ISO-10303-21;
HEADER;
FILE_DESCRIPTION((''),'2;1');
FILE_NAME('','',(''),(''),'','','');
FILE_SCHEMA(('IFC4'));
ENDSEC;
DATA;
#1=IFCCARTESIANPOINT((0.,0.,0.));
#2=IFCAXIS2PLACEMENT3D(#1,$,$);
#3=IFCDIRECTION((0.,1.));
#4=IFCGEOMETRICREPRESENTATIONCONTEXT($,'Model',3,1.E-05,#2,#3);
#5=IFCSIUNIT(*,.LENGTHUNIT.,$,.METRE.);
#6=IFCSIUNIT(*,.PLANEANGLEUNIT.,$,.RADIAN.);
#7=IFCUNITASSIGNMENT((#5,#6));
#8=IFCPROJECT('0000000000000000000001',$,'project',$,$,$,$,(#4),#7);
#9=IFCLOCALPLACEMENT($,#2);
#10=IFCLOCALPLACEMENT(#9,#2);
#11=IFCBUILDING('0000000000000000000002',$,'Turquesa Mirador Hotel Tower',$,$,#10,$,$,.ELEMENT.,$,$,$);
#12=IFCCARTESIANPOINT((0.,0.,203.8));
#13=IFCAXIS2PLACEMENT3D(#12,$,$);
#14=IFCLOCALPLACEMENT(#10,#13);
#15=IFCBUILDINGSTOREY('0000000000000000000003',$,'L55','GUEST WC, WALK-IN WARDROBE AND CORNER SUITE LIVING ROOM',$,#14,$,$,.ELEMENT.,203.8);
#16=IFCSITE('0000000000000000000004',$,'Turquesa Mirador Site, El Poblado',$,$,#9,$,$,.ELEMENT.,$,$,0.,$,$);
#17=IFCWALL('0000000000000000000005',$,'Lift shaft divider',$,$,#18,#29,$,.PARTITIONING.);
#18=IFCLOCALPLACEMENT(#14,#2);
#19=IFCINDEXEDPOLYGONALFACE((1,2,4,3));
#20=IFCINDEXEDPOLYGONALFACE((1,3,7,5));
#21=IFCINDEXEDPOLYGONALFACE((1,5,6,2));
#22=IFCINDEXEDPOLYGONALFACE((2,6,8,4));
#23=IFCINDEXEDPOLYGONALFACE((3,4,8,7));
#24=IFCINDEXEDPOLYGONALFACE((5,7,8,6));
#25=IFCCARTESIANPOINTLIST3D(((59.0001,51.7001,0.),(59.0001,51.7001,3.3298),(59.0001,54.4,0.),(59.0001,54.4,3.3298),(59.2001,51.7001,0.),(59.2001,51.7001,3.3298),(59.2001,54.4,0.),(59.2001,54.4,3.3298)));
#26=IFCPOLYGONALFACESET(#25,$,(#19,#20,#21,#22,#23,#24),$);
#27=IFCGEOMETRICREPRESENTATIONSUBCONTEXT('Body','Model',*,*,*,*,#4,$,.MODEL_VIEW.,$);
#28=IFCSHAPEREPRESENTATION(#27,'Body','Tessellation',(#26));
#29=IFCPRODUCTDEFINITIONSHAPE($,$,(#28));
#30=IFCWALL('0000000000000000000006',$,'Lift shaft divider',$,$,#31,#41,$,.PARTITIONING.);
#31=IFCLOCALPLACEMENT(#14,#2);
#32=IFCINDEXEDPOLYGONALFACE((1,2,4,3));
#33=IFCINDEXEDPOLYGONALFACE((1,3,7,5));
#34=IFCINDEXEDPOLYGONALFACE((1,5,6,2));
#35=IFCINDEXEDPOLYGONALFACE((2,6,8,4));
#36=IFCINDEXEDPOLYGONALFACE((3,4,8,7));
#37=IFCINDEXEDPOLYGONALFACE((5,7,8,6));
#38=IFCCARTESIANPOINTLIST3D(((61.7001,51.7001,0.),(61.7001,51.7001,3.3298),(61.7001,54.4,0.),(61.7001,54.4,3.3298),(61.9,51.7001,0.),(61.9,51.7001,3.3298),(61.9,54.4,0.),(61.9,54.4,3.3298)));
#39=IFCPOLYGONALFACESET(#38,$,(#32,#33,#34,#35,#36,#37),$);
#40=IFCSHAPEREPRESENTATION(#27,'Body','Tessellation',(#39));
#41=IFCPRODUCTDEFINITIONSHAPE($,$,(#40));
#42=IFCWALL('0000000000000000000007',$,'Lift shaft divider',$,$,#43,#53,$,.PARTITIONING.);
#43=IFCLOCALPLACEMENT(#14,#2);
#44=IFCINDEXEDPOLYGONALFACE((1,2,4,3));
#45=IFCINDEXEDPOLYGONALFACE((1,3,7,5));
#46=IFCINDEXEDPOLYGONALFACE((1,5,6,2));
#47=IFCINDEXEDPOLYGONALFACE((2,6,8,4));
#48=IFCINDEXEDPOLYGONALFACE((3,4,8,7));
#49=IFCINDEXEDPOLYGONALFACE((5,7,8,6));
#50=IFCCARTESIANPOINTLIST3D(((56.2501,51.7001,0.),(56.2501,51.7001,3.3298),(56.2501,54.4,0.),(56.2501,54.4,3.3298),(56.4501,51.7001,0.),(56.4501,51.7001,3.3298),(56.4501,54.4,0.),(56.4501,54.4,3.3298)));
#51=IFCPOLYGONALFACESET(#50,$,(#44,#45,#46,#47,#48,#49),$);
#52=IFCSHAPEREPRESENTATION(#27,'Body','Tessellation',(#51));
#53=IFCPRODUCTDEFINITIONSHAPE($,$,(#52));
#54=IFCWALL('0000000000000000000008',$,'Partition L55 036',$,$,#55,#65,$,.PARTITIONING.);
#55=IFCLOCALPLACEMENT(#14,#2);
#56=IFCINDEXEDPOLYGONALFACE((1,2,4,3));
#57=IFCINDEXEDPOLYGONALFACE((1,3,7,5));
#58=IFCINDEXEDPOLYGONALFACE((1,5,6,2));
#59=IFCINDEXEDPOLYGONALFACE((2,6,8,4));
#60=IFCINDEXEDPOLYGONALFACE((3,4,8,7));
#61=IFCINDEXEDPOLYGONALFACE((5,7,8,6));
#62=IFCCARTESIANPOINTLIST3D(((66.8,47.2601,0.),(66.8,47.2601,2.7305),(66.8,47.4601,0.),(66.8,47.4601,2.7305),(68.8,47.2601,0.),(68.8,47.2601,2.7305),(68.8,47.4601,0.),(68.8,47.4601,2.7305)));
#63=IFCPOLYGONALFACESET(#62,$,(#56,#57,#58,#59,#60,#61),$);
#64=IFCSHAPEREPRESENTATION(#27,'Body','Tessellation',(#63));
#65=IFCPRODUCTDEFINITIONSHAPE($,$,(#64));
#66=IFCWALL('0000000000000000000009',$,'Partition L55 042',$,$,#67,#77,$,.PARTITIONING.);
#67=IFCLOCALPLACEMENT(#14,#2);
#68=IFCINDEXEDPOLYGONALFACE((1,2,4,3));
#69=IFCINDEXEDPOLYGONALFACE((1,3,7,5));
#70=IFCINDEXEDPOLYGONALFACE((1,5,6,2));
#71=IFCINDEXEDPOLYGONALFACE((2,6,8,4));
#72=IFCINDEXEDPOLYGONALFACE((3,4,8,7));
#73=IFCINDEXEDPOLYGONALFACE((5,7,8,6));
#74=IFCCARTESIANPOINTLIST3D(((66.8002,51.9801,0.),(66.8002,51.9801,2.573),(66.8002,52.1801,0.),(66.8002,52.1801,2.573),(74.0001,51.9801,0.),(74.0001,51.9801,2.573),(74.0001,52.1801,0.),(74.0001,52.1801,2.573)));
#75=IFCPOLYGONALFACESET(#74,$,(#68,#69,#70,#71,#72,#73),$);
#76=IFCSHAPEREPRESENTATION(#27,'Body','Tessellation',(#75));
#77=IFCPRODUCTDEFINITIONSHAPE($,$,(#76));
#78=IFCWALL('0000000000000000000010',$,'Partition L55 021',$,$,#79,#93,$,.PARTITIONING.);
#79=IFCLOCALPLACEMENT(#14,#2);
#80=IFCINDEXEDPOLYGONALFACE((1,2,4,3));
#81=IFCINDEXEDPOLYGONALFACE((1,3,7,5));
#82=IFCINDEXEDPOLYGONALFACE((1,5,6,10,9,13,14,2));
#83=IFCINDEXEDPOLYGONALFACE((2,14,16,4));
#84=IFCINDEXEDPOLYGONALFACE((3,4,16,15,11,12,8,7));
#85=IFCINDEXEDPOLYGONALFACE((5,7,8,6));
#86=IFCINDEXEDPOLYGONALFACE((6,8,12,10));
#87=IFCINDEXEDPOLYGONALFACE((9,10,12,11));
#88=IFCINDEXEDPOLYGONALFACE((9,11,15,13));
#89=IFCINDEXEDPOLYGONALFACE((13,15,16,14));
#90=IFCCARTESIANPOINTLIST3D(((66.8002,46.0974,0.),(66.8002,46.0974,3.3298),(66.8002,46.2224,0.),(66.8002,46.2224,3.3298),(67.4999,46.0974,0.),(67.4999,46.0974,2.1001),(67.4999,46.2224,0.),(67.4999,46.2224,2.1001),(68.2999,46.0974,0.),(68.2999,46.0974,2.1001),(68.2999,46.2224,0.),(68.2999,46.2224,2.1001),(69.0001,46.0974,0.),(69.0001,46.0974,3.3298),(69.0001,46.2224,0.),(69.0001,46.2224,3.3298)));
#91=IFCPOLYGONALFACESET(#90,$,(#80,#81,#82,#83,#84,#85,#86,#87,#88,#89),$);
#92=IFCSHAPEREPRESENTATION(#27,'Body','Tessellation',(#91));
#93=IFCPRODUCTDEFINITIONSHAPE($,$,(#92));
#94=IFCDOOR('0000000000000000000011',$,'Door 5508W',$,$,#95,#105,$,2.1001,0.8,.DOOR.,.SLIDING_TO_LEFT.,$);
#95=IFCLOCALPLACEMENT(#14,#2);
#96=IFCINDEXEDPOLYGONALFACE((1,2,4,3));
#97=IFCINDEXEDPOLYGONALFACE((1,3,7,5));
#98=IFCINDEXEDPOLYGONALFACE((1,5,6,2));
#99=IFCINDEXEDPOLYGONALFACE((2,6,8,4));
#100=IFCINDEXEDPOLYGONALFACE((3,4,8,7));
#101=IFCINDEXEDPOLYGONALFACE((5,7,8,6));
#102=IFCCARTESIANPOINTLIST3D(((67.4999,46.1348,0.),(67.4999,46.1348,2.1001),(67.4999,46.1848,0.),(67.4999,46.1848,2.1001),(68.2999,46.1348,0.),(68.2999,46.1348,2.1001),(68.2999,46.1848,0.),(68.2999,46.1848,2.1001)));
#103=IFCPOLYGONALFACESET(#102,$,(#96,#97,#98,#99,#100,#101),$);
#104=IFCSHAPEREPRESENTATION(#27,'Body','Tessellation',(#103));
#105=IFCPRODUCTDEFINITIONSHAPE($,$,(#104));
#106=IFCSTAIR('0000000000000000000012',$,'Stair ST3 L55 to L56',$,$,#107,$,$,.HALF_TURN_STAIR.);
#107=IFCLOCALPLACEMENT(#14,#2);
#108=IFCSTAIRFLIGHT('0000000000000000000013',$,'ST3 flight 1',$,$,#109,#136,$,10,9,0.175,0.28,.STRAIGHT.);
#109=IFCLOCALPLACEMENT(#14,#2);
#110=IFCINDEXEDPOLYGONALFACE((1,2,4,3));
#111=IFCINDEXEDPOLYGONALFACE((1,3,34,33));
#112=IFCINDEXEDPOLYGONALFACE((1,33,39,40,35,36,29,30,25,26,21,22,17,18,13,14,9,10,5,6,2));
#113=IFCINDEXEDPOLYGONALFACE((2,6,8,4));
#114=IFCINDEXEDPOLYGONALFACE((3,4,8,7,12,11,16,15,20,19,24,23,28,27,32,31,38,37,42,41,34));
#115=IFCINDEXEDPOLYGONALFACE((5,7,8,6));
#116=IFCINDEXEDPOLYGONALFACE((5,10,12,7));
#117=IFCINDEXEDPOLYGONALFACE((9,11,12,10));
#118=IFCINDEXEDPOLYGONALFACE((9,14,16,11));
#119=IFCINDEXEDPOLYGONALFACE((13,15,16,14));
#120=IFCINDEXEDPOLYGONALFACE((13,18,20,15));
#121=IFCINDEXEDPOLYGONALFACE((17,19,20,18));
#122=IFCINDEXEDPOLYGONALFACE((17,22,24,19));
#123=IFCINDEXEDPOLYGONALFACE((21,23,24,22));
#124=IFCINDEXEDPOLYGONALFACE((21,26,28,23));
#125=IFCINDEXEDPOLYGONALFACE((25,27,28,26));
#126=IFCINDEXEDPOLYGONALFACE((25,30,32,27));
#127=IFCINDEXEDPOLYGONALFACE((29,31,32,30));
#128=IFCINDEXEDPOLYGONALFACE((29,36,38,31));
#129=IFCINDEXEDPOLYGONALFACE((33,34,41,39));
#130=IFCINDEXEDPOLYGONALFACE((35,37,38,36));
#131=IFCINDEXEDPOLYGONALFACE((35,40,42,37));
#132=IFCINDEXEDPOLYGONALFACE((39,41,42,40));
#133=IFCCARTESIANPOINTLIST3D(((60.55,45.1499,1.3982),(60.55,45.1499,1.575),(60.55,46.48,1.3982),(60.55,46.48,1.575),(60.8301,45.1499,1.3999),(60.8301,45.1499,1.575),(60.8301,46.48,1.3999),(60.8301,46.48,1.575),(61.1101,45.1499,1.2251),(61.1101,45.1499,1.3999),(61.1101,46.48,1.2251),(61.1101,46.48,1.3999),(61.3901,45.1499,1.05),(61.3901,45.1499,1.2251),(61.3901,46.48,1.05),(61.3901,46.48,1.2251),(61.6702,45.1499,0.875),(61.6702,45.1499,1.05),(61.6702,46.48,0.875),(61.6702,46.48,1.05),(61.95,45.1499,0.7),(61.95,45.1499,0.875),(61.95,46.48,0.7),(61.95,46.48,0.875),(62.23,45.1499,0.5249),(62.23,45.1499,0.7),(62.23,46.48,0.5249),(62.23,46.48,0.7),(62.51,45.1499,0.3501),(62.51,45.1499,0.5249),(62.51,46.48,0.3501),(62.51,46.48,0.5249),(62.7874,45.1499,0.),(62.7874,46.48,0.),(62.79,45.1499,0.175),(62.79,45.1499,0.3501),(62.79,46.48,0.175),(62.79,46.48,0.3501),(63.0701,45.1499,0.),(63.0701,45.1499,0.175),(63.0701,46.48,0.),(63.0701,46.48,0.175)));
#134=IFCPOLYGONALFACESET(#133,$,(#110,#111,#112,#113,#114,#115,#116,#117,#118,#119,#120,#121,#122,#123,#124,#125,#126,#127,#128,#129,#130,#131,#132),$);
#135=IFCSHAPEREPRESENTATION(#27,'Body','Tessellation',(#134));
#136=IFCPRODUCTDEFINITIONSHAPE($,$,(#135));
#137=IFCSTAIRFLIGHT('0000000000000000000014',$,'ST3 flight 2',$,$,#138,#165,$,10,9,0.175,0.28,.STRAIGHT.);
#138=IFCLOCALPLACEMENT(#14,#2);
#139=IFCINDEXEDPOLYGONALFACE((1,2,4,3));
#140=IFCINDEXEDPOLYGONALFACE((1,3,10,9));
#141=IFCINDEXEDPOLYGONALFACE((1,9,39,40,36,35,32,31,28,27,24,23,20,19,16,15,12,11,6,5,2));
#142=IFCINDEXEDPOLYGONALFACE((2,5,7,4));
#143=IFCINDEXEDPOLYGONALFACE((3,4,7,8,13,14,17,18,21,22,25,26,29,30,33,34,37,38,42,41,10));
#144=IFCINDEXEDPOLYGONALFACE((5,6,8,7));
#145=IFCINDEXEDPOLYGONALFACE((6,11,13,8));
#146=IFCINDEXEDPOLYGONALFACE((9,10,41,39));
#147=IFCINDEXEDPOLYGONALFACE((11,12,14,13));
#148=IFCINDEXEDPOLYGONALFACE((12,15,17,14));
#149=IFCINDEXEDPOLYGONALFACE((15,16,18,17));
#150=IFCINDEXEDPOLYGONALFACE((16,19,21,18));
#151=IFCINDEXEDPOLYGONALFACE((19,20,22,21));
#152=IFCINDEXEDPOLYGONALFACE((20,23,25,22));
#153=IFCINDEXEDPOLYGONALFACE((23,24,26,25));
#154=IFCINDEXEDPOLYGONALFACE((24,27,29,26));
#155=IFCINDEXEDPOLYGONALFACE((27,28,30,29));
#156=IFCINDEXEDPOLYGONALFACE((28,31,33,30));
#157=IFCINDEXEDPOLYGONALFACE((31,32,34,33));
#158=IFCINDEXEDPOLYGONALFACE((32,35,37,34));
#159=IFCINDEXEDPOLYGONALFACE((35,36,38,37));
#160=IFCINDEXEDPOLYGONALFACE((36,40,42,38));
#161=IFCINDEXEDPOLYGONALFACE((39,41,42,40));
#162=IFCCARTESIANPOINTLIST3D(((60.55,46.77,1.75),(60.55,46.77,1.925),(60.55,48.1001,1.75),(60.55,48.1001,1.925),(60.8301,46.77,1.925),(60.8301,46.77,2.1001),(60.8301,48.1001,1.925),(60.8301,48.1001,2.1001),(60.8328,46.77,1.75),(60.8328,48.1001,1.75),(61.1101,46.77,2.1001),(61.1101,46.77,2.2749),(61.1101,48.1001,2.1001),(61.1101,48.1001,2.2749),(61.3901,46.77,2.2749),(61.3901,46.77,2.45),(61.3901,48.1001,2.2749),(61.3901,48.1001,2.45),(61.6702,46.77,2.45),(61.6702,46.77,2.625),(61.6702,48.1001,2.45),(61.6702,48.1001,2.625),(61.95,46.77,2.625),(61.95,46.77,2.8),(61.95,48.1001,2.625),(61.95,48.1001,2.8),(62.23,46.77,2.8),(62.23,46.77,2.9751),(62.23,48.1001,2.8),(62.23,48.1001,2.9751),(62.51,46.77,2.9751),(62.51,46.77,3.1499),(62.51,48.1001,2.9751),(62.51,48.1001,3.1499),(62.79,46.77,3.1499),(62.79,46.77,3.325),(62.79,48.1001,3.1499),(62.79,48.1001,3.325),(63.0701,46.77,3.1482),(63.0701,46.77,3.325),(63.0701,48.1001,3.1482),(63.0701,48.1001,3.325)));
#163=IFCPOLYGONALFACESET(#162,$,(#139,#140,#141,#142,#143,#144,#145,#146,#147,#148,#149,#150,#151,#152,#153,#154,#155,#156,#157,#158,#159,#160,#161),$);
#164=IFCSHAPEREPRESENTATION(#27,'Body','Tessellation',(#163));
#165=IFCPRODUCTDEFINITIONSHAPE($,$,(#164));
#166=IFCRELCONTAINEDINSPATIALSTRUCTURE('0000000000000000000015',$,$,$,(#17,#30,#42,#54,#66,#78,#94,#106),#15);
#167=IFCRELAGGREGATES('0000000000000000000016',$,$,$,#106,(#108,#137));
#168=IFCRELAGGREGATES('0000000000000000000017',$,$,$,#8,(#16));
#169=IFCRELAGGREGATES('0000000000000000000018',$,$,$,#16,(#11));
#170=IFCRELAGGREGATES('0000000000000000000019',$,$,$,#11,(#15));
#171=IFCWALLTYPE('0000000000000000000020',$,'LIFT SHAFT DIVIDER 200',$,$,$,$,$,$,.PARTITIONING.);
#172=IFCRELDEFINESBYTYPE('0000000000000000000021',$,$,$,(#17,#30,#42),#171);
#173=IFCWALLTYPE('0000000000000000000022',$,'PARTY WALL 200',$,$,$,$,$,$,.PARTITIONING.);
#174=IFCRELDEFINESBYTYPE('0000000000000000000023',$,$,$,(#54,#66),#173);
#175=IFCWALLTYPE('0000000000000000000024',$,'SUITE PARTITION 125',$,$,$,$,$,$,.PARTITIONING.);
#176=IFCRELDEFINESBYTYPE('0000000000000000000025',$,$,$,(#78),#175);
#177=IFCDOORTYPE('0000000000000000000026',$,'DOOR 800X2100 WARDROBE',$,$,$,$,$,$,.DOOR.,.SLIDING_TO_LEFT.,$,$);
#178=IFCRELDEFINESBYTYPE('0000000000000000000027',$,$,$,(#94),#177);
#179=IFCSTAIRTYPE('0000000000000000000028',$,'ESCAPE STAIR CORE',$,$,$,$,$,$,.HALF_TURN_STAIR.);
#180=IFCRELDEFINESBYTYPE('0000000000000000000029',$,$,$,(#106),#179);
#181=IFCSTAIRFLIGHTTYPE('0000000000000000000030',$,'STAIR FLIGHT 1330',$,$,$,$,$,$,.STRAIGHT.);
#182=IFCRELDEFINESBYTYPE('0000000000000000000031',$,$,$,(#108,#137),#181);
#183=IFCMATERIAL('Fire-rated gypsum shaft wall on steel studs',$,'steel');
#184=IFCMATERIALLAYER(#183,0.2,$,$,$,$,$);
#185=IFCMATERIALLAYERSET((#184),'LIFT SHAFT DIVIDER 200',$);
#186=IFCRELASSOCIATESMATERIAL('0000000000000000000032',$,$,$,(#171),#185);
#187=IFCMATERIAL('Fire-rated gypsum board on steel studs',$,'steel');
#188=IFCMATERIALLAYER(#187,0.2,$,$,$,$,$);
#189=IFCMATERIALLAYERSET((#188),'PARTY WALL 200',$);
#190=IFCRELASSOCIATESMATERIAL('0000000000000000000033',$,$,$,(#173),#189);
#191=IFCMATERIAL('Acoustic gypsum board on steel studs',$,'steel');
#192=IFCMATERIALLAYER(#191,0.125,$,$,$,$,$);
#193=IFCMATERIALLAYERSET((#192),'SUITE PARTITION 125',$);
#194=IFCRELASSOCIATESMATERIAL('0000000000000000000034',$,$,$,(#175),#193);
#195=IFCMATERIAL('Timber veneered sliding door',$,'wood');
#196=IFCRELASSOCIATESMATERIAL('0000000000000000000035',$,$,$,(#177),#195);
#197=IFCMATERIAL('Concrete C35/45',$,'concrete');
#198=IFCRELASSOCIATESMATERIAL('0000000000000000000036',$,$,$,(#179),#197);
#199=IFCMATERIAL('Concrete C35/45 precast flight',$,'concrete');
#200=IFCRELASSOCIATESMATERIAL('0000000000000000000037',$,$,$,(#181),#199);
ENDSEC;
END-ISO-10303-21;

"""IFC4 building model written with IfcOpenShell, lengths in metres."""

from ifc_helpers import new_model, si_unit, direction, frame, frame_2d, origin, place, context, subcontext, project, spatial, polyline, rectangle, outline, extrude, material, layer, layer_set, type_object, element, fill, aggregate, save


model = new_model("IFC4")

# Units and contexts
model_context = context("Model", 3, precision=1e-05, world=origin(), true_north=direction((0.0, 1.0)))
body_context = subcontext(model_context, "Body", "Model", "MODEL_VIEW")
ifc_project = project(units=[si_unit("LENGTHUNIT", "METRE"), si_unit("PLANEANGLEUNIT", "RADIAN")], contexts=[model_context])

# Site, building, storey
site_placement = place(None, origin())
site = spatial("IfcSite", under=ifc_project, at=site_placement, Name="Turquesa Mirador Site, El Poblado", CompositionType="ELEMENT", RefElevation=0.0)
building_placement = place(site_placement, origin())
building = spatial("IfcBuilding", under=site, at=building_placement, Name="Turquesa Mirador Hotel Tower", CompositionType="ELEMENT")
storey_placement = place(building_placement, frame((0.0, 0.0, 203.8)))
storey = spatial("IfcBuildingStorey", under=building, at=storey_placement, Name="L55", Description="GUEST WC, WALK-IN WARDROBE AND CORNER SUITE LIVING ROOM", CompositionType="ELEMENT", Elevation=203.8)

# Walls
ifc_material_1 = material(Name="Fire-rated gypsum shaft wall on steel studs", Category="steel")
ifc_layer_1 = layer(ifc_material_1, 0.2)
ifc_layer_set_1 = layer_set([ifc_layer_1], Name="LIFT SHAFT DIVIDER 200")
wall_type_1 = type_object("IfcWallType", Name="LIFT SHAFT DIVIDER 200", PredefinedType="PARTITIONING", material=ifc_layer_set_1)
for number, where, z_axis, x_axis, name in (
    (1, (59.1001, 51.7, 0.0), (0.0, 0.0, 1.0), (0.0, 1.0, 0.0), "Lift shaft divider"),
    (2, (61.8, 51.7, 0.0), (0.0, 0.0, 1.0), (0.0, 1.0, 0.0), "Lift shaft divider"),
    (3, (56.3501, 51.7, 0.0), (0.0, 0.0, 1.0), (0.0, 1.0, 0.0), "Lift shaft divider"),
):
    element("IfcWall", number, at=place(storey_placement, frame(where, z_axis=z_axis, x_axis=x_axis)), inside=storey, type_object=wall_type_1, Name=name, PredefinedType="PARTITIONING", context=body_context, shape_type="SweptSolid", body=[
        extrude(rectangle(XDim=2.7, YDim=0.2, at=frame_2d((1.3501, 0.0))), origin(), (0.0, 0.0, 1.0), 3.3298),
    ])
ifc_material_2 = material(Name="Fire-rated gypsum board on steel studs", Category="steel")
ifc_layer_2 = layer(ifc_material_2, 0.2)
ifc_layer_set_2 = layer_set([ifc_layer_2], Name="PARTY WALL 200")
wall_type_2 = type_object("IfcWallType", Name="PARTY WALL 200", PredefinedType="PARTITIONING", material=ifc_layer_set_2)
wall_1_placement = place(storey_placement, frame((66.8, 47.3601, 0.0), z_axis=(0.0, 0.0, 1.0), x_axis=(1.0, 0.0, 0.0)))
element("IfcWall", 4, at=wall_1_placement, inside=storey, type_object=wall_type_2, Name="Partition L55 036", PredefinedType="PARTITIONING", context=body_context, shape_type="SweptSolid", body=[
    extrude(rectangle(XDim=2.0, YDim=0.2, at=frame_2d((1.0, 0.0))), origin(), (0.0, 0.0, 1.0), 2.7305),
])
wall_2_placement = place(storey_placement, frame((66.8, 52.0801, 0.0), z_axis=(0.0, 0.0, 1.0), x_axis=(1.0, 0.0, 0.0)))
element("IfcWall", 5, at=wall_2_placement, inside=storey, type_object=wall_type_2, Name="Partition L55 042", PredefinedType="PARTITIONING", context=body_context, shape_type="SweptSolid", body=[
    extrude(rectangle(XDim=7.2, YDim=0.2, at=frame_2d((3.6001, 0.0))), origin(), (0.0, 0.0, 1.0), 2.573),
])

# Wall, opening, door
ifc_material_3 = material(Name="Acoustic gypsum board on steel studs", Category="steel")
ifc_layer_3 = layer(ifc_material_3, 0.125)
ifc_layer_set_3 = layer_set([ifc_layer_3], Name="SUITE PARTITION 125")
wall_type_3 = type_object("IfcWallType", Name="SUITE PARTITION 125", PredefinedType="PARTITIONING", material=ifc_layer_set_3)
wall_3_placement = place(storey_placement, frame((66.8, 46.1599, 0.0), z_axis=(0.0, 0.0, 1.0), x_axis=(1.0, 0.0, 0.0)))
wall_3 = element("IfcWall", 6, at=wall_3_placement, inside=storey, type_object=wall_type_3, Name="Partition L55 021", PredefinedType="PARTITIONING", context=body_context, shape_type="SweptSolid", body=[
    extrude(rectangle(XDim=2.2, YDim=0.125, at=frame_2d((1.1001, 0.0))), origin(), (0.0, 0.0, 1.0), 3.3298),
])
opening_1_placement = place(wall_3_placement, frame((0.7, 0.0, 0.0)))
opening_1 = element("IfcOpeningElement", 7, at=opening_1_placement, cuts=wall_3, PredefinedType="OPENING", context=body_context, shape_type="SweptSolid", body=[
    extrude(rectangle(XDim=0.8, YDim=2.1001, at=frame_2d((0.3999, 1.05))), frame((0.0, 0.0725, 0.0), z_axis=(0.0, -1.0, 0.0), x_axis=(1.0, 0.0, 0.0)), (0.0, 0.0, 1.0), 0.145),
])
ifc_material_4 = material(Name="Timber veneered sliding door", Category="wood")
door_type_1 = type_object("IfcDoorType", Name="DOOR 800X2100 WARDROBE", OperationType="SLIDING_TO_LEFT", PredefinedType="DOOR", material=ifc_material_4)
door_1_placement = place(opening_1_placement, origin())
door_1 = element("IfcDoor", 8, at=door_1_placement, inside=storey, type_object=door_type_1, Name="Door 5508W", OperationType="SLIDING_TO_LEFT", OverallHeight=2.1001, OverallWidth=0.8, PredefinedType="DOOR", context=body_context, shape_type="SweptSolid", body=[
    extrude(rectangle(XDim=0.8, YDim=2.1001, at=frame_2d((0.3999, 1.05))), frame((0.0, 0.0249, 0.0), z_axis=(0.0, -1.0, 0.0), x_axis=(1.0, 0.0, 0.0)), (0.0, 0.0, 1.0), 0.05),
])
fill(opening_1, door_1)

# Stair, stair flights
ifc_material_5 = material(Name="Concrete C35/45", Category="concrete")
stair_type = type_object("IfcStairType", Name="ESCAPE STAIR CORE", PredefinedType="HALF_TURN_STAIR", material=ifc_material_5)
stair_placement = place(storey_placement, origin())
stair = element("IfcStair", 9, at=stair_placement, inside=storey, type_object=stair_type, Name="Stair ST3 L55 to L56", PredefinedType="HALF_TURN_STAIR")
ifc_material_6 = material(Name="Concrete C35/45 precast flight", Category="concrete")
stair_flight_type = type_object("IfcStairFlightType", Name="STAIR FLIGHT 1330", PredefinedType="STRAIGHT", material=ifc_material_6)
stair_flight_1_placement = place(storey_placement, frame((63.0701, 45.8149, 0.0), z_axis=(0.0, 0.0, 1.0), x_axis=(-1.0, 0.0, 0.0)))
stair_flight_1 = element("IfcStairFlight", 10, at=stair_flight_1_placement, type_object=stair_flight_type, Name="ST3 flight 1", NumberOfRisers=10, NumberOfTreads=9, PredefinedType="STRAIGHT", RiserHeight=0.175, TreadLength=0.28, context=body_context, shape_type="SweptSolid", body=[
    extrude(outline(polyline([(0.0, 0.0), (0.0, 0.175), (0.28, 0.175), (0.28, 0.3501), (0.5601, 0.3501), (0.5601, 0.5249), (0.8401, 0.5249), (0.8401, 0.7), (1.1201, 0.7), (1.1201, 0.875), (1.3999, 0.875), (1.3999, 1.05), (1.6799, 1.05), (1.6799, 1.2251), (1.96, 1.2251), (1.96, 1.3999), (2.24, 1.3999), (2.24, 1.575), (2.52, 1.575), (2.52, 1.75), (2.52, 1.3982), (0.2827, 0.0), (0.0, 0.0)])), frame((0.0, 0.665, 0.0), z_axis=(0.0, -1.0, 0.0), x_axis=(1.0, 0.0, 0.0)), (0.0, 0.0, 1.0), 1.3301),
])
stair_flight_2_placement = place(storey_placement, frame((60.55, 47.4351, 1.75), z_axis=(0.0, 0.0, 1.0), x_axis=(1.0, 0.0, 0.0)))
stair_flight_2 = element("IfcStairFlight", 11, at=stair_flight_2_placement, type_object=stair_flight_type, Name="ST3 flight 2", NumberOfRisers=10, NumberOfTreads=9, PredefinedType="STRAIGHT", RiserHeight=0.175, TreadLength=0.28, context=body_context, shape_type="SweptSolid", body=[
    extrude(outline(polyline([(0.0, 0.0), (0.0, 0.175), (0.28, 0.175), (0.28, 0.3501), (0.5601, 0.3501), (0.5601, 0.5249), (0.8401, 0.5249), (0.8401, 0.7), (1.1201, 0.7), (1.1201, 0.875), (1.3999, 0.875), (1.3999, 1.05), (1.6799, 1.05), (1.6799, 1.2251), (1.96, 1.2251), (1.96, 1.3999), (2.24, 1.3999), (2.24, 1.575), (2.52, 1.575), (2.52, 1.75), (2.52, 1.3982), (0.2827, 0.0), (0.0, 0.0)])), frame((0.0, 0.665, 0.0), z_axis=(0.0, -1.0, 0.0), x_axis=(1.0, 0.0, 0.0)), (0.0, 0.0, 1.0), 1.3301),
])
aggregate(stair, [stair_flight_1, stair_flight_2])

save(model, "model.ifc")
